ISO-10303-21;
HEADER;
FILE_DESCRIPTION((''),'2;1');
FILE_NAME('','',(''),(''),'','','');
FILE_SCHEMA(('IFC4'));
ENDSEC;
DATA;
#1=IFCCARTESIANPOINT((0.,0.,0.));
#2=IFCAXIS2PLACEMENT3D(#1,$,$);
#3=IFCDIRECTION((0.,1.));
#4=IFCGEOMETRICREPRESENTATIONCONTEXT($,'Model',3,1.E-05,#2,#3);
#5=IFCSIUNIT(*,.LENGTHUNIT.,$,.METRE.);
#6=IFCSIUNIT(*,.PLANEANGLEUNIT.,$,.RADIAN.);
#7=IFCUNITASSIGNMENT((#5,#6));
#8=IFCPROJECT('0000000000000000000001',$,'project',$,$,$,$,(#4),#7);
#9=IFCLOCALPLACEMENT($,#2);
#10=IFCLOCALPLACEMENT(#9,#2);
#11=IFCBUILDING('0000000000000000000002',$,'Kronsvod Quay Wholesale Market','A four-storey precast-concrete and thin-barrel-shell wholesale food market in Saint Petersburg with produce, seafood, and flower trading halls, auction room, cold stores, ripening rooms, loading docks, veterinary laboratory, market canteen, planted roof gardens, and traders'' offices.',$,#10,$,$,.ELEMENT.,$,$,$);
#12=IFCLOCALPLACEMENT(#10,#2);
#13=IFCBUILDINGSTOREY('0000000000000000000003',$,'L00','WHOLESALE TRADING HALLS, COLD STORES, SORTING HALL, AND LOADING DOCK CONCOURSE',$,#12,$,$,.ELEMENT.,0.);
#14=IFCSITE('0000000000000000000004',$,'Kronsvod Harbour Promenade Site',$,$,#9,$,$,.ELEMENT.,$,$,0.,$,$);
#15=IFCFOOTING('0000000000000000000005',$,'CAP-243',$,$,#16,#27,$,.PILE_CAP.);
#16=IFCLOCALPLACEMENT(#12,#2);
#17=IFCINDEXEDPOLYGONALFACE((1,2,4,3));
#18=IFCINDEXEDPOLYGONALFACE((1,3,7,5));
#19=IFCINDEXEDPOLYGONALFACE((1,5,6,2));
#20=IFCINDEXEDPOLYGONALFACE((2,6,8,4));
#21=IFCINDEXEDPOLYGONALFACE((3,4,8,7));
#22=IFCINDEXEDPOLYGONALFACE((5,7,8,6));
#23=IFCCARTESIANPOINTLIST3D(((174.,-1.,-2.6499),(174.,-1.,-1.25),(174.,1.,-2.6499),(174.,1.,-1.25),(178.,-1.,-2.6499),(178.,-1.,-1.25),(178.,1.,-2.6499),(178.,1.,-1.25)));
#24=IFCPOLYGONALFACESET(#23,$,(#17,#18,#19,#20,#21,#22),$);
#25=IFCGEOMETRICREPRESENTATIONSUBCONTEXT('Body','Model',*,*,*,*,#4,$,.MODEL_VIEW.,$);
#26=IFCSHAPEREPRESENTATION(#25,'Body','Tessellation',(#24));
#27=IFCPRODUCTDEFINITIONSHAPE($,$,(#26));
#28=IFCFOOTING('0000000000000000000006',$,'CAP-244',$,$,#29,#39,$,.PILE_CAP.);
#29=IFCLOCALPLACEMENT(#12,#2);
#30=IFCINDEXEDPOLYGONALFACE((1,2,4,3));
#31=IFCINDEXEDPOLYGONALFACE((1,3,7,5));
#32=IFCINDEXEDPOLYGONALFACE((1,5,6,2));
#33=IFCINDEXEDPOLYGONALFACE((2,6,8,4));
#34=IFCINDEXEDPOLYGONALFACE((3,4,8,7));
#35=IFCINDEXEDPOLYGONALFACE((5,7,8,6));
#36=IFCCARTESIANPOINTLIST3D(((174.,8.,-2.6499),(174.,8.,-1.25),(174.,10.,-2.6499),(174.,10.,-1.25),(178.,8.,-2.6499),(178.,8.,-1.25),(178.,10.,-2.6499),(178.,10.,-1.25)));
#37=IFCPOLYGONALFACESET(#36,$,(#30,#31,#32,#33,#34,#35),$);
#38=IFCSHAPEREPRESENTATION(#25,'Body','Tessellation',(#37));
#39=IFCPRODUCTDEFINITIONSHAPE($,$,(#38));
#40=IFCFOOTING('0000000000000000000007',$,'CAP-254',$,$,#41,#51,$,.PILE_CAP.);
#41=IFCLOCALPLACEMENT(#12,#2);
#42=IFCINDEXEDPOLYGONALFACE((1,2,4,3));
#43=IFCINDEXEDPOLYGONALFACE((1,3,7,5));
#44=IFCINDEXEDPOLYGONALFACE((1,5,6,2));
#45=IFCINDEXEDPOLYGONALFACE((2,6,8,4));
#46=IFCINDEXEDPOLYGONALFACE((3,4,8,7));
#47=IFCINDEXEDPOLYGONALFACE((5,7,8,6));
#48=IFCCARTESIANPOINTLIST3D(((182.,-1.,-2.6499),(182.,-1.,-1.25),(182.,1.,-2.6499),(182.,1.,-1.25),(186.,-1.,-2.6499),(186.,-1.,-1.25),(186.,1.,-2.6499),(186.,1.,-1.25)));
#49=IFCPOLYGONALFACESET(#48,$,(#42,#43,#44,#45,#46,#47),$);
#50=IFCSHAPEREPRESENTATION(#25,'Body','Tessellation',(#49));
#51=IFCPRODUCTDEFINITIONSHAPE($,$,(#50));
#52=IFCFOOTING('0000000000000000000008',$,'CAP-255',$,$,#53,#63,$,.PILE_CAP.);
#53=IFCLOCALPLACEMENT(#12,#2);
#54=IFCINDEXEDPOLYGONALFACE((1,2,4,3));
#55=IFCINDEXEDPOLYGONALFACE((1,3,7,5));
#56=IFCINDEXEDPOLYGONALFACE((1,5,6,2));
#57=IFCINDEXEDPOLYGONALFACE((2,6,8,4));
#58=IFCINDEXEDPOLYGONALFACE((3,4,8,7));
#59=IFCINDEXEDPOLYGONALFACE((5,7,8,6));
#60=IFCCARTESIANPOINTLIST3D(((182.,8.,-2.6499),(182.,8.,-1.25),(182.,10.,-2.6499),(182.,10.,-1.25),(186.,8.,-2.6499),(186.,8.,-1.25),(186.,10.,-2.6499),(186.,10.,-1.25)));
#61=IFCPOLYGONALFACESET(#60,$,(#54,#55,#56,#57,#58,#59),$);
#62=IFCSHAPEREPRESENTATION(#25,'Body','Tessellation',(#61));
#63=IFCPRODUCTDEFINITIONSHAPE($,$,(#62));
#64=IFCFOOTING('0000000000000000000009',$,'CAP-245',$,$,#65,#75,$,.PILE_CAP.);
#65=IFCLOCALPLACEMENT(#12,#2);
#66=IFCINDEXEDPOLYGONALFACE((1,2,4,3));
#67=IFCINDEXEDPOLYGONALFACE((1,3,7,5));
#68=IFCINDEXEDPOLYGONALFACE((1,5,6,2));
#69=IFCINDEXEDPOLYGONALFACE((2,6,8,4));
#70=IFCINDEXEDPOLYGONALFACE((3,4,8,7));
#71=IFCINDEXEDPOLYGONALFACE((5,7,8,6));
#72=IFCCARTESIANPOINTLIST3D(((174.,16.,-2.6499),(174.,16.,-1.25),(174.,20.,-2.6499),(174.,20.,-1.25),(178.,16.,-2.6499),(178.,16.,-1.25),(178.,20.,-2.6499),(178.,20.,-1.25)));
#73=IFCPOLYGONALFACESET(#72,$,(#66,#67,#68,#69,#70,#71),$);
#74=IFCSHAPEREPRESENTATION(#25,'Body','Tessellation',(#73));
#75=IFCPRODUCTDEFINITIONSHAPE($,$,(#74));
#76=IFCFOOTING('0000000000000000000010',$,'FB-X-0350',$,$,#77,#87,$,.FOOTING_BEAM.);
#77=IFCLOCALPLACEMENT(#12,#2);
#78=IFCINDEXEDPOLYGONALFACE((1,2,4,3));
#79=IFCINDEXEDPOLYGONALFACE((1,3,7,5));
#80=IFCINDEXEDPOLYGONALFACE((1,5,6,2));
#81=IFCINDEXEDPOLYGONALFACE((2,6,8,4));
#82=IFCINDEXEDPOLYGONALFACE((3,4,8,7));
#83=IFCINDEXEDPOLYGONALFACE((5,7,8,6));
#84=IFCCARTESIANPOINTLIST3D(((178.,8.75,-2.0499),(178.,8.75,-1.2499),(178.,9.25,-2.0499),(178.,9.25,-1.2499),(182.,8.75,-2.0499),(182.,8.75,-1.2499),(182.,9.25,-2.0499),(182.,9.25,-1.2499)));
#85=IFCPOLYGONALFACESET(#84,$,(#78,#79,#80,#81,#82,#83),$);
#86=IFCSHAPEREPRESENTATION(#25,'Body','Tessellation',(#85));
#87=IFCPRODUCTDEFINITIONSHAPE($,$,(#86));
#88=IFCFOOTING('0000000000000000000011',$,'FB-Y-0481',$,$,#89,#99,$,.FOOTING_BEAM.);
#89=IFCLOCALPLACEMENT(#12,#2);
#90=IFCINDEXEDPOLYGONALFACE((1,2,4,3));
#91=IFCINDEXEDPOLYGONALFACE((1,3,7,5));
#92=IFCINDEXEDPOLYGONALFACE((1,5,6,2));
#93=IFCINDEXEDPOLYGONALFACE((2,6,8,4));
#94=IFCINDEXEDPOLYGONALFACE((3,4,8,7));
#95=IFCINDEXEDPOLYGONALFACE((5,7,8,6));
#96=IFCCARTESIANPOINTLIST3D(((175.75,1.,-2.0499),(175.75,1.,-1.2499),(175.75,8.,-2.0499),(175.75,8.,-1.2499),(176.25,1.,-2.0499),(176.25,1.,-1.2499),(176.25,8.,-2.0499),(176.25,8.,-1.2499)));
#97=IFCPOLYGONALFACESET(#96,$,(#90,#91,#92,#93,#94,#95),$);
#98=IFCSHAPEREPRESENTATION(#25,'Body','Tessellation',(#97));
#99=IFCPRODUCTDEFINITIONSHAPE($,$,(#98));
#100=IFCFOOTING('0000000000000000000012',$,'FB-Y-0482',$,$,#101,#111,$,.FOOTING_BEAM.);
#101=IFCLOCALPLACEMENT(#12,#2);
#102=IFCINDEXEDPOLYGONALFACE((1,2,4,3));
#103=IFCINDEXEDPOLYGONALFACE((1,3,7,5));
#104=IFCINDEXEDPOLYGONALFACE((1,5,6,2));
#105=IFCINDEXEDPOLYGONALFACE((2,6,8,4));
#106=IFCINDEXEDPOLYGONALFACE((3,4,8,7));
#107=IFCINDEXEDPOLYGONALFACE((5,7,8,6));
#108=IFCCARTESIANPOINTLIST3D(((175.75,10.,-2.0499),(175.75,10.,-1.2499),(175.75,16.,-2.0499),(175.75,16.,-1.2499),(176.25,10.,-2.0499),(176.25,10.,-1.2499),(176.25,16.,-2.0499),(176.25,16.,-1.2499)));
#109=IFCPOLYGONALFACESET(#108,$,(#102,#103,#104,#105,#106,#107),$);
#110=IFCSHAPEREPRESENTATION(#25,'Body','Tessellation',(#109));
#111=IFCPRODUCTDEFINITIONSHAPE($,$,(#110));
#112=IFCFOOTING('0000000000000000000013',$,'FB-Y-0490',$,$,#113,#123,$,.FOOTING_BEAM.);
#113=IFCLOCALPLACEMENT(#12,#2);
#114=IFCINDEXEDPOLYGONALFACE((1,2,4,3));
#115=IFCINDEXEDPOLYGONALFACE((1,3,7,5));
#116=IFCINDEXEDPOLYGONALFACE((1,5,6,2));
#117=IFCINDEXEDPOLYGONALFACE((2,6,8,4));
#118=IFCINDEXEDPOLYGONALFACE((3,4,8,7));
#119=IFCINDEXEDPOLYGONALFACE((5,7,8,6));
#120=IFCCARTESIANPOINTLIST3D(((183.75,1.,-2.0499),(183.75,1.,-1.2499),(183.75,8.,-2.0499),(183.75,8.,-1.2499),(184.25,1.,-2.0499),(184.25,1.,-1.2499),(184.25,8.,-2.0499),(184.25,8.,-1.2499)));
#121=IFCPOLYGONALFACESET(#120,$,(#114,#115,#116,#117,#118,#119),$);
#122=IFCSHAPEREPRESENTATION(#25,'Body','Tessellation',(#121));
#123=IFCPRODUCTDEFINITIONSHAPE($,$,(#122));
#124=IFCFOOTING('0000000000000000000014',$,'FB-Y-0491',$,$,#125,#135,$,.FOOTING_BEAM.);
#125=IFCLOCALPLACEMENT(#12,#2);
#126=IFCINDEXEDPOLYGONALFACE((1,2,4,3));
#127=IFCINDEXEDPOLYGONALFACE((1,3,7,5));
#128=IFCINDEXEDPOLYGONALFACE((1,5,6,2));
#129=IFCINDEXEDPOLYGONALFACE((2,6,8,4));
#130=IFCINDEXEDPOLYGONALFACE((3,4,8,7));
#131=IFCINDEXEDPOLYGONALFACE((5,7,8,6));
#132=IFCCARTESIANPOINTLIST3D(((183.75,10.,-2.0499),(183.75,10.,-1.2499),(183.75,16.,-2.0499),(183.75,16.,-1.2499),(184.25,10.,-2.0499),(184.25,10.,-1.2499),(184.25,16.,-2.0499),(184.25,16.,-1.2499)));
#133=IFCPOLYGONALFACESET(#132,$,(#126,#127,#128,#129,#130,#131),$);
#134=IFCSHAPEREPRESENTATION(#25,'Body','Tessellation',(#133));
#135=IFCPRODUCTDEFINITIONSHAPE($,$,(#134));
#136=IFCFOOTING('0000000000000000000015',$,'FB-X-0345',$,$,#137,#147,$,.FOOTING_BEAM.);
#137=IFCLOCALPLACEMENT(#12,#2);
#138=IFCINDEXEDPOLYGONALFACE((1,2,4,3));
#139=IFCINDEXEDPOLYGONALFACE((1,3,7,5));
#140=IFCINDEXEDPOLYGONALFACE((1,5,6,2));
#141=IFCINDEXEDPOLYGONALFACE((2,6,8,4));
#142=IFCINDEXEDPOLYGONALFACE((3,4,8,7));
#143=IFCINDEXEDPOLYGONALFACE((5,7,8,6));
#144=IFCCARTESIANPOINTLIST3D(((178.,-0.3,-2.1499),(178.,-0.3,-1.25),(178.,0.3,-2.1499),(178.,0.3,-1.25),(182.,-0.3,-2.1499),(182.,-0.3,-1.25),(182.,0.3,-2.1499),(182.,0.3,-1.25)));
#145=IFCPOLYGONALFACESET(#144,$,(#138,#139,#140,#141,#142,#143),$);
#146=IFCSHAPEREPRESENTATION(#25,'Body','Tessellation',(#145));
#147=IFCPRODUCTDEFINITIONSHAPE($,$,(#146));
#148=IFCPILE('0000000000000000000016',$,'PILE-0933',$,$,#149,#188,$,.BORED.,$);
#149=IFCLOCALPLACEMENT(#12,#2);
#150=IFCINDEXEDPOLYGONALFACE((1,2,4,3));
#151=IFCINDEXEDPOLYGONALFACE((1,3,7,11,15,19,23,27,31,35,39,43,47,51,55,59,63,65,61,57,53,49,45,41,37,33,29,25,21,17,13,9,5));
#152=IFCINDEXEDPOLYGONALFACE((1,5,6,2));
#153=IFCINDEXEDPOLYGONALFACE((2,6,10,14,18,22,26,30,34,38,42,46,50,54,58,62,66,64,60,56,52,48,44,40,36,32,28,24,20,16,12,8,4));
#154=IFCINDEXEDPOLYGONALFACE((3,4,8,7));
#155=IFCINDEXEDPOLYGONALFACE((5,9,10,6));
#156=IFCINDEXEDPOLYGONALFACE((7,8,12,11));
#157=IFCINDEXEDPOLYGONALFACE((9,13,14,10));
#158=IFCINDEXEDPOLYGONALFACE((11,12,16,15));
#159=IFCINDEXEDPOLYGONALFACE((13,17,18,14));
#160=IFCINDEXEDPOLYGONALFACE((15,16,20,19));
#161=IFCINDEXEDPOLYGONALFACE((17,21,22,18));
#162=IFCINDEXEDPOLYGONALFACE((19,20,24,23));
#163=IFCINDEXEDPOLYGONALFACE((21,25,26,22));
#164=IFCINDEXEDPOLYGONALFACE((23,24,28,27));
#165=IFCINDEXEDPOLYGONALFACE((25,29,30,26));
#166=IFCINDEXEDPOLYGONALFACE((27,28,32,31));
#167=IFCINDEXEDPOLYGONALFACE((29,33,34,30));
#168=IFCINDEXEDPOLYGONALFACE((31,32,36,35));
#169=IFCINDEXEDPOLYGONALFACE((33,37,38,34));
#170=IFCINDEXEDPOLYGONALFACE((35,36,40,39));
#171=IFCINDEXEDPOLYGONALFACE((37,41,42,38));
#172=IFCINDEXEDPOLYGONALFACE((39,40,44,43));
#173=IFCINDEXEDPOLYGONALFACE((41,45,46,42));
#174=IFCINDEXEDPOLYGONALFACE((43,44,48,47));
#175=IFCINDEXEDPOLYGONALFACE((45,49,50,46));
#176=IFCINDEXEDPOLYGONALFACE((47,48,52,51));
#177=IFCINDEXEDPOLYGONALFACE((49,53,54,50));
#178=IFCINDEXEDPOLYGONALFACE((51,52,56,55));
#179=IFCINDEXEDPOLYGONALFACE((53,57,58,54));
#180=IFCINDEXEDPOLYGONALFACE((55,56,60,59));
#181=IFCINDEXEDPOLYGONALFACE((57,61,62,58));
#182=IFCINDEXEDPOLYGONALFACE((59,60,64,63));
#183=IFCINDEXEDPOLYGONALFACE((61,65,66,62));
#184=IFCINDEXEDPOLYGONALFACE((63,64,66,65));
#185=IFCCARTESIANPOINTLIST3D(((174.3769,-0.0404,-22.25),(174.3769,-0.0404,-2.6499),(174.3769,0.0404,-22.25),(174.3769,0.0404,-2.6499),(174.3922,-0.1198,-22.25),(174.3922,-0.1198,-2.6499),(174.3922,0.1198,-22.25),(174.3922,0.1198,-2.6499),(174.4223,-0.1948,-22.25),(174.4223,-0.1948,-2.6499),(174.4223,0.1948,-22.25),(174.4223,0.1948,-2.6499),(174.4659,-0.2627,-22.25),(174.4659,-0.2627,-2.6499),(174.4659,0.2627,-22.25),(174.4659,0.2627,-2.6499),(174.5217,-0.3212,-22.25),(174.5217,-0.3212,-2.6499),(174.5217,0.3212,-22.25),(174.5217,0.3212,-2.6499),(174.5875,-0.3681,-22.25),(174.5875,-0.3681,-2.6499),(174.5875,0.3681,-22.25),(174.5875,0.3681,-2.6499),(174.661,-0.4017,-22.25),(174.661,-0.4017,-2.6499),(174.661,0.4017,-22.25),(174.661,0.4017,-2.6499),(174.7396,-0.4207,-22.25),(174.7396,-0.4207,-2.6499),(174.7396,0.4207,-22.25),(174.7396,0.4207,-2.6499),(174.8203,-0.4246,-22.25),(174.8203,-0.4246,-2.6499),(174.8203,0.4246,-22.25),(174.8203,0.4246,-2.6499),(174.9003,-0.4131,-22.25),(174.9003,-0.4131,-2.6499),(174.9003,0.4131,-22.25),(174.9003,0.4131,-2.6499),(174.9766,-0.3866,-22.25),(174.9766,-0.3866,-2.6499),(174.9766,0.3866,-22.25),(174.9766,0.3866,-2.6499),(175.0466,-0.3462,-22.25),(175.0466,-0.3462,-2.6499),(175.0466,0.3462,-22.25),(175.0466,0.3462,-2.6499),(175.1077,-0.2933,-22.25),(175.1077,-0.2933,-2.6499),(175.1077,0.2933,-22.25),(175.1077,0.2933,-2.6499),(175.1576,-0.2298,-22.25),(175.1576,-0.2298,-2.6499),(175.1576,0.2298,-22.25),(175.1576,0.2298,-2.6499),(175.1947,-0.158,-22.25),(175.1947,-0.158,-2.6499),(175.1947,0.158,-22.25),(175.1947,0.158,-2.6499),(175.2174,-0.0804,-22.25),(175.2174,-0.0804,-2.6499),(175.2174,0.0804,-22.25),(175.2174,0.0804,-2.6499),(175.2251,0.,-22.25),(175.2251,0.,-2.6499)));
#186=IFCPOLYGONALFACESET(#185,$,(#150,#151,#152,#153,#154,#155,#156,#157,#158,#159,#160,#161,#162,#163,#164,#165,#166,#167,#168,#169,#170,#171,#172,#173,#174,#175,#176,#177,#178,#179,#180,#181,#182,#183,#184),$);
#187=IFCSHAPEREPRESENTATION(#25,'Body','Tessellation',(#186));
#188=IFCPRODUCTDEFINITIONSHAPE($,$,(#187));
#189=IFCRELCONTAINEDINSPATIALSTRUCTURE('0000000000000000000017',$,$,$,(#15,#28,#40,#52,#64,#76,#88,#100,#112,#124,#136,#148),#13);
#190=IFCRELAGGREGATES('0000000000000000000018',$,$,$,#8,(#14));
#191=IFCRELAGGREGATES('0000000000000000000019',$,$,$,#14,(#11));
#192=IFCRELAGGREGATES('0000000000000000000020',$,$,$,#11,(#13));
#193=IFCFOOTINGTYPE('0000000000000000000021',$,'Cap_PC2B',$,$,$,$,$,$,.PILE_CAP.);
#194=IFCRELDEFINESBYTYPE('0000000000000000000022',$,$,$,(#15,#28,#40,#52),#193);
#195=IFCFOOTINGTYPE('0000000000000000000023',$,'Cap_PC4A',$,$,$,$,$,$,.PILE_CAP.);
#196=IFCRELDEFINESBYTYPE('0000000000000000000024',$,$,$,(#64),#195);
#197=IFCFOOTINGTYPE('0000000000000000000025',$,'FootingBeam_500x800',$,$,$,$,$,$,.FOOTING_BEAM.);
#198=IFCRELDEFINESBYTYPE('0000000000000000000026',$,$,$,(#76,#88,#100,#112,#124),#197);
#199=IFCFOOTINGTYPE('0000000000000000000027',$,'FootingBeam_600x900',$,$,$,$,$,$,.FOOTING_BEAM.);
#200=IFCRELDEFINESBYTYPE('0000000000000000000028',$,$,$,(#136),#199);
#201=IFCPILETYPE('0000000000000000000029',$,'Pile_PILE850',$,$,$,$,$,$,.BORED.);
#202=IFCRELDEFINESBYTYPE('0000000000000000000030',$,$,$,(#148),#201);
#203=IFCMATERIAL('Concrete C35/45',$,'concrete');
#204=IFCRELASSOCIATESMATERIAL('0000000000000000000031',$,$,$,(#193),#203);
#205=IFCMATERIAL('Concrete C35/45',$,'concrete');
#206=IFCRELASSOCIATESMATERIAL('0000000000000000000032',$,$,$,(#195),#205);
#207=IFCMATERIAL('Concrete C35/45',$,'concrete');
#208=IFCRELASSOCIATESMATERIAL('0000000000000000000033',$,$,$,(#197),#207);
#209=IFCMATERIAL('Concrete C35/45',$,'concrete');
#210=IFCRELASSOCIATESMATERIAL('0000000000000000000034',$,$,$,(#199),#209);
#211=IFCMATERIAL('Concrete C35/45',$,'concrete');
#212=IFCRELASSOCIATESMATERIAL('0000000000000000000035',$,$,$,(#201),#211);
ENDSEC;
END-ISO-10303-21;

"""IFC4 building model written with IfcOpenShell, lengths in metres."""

from ifc_helpers import new_model, si_unit, direction, frame, origin, origin_2d, place, context, subcontext, project, spatial, rectangle, circle, extrude, material, material_profile, profile_set, type_object, element, save


model = new_model("IFC4")

# Units and contexts
model_context = context("Model", 3, precision=1e-05, world=origin(), true_north=direction((0.0, 1.0)))
body_context = subcontext(model_context, "Body", "Model", "MODEL_VIEW")
ifc_project = project(units=[si_unit("LENGTHUNIT", "METRE"), si_unit("PLANEANGLEUNIT", "RADIAN")], contexts=[model_context])

# Site, building, storey
site_placement = place(None, origin())
site = spatial("IfcSite", under=ifc_project, at=site_placement, Name="Kronsvod Harbour Promenade Site", CompositionType="ELEMENT", RefElevation=0.0)
building_placement = place(site_placement, origin())
building = spatial("IfcBuilding", under=site, at=building_placement, Name="Kronsvod Quay Wholesale Market", Description="A four-storey precast-concrete and thin-barrel-shell wholesale food market in Saint Petersburg with produce, seafood, and flower trading halls, auction room, cold stores, ripening rooms, loading docks, veterinary laboratory, market canteen, planted roof gardens, and traders' offices.", CompositionType="ELEMENT")
storey_placement = place(building_placement, origin())
storey = spatial("IfcBuildingStorey", under=building, at=storey_placement, Name="L00", Description="WHOLESALE TRADING HALLS, COLD STORES, SORTING HALL, AND LOADING DOCK CONCOURSE", CompositionType="ELEMENT", Elevation=0.0)

# Footings
ifc_material_1 = material(Name="Concrete C35/45", Category="concrete")
footing_type_1 = type_object("IfcFootingType", Name="Cap_PC2B", PredefinedType="PILE_CAP", material=ifc_material_1)
for number, where, z_axis, x_axis, name in (
    (1, (176.0, 0.0, -2.6499), (0.0, 0.0, 1.0), (1.0, 0.0, 0.0), "CAP-243"),
    (2, (176.0, 9.0, -2.6499), (0.0, 0.0, 1.0), (1.0, 0.0, 0.0), "CAP-244"),
    (3, (184.0, 0.0, -2.6499), (0.0, 0.0, 1.0), (1.0, 0.0, 0.0), "CAP-254"),
    (4, (184.0, 9.0, -2.6499), (0.0, 0.0, 1.0), (1.0, 0.0, 0.0), "CAP-255"),
):
    element("IfcFooting", number, at=place(storey_placement, frame(where, z_axis=z_axis, x_axis=x_axis)), inside=storey, type_object=footing_type_1, Name=name, PredefinedType="PILE_CAP", context=body_context, shape_type="SweptSolid", body=[
        extrude(rectangle(XDim=4.0, YDim=2.0, at=origin_2d()), origin(), (0.0, 0.0, 1.0), 1.3999),
    ])
ifc_material_2 = material(Name="Concrete C35/45", Category="concrete")
footing_type_2 = type_object("IfcFootingType", Name="Cap_PC4A", PredefinedType="PILE_CAP", material=ifc_material_2)
footing_1_placement = place(storey_placement, frame((176.0, 18.0, -2.6499), z_axis=(0.0, 0.0, 1.0), x_axis=(1.0, 0.0, 0.0)))
element("IfcFooting", 5, at=footing_1_placement, inside=storey, type_object=footing_type_2, Name="CAP-245", PredefinedType="PILE_CAP", context=body_context, shape_type="SweptSolid", body=[
    extrude(rectangle(XDim=4.0, YDim=4.0, at=origin_2d()), origin(), (0.0, 0.0, 1.0), 1.3999),
])
ifc_material_3 = material(Name="Concrete C35/45", Category="concrete")
ifc_material_profile_1 = material_profile(ifc_material_3, rectangle(XDim=0.5, YDim=0.8, at=origin_2d()), Name="FB-01")
ifc_profile_set_1 = profile_set([ifc_material_profile_1], Name="Concrete C35/45")
footing_type_3 = type_object("IfcFootingType", Name="FootingBeam_500x800", PredefinedType="FOOTING_BEAM", material=ifc_profile_set_1)
footing_2_placement = place(storey_placement, frame((178.0, 9.0, -1.6499), z_axis=(1.0, 0.0, 0.0), x_axis=(0.0, 1.0, 0.0)))
element("IfcFooting", 6, at=footing_2_placement, inside=storey, type_object=footing_type_3, Name="FB-X-0350", PredefinedType="FOOTING_BEAM", context=body_context, shape_type="SweptSolid", body=[
    extrude(rectangle(XDim=0.5, YDim=0.8, at=origin_2d()), origin(), (0.0, 0.0, 1.0), 4.0),
])
footing_3_placement = place(storey_placement, frame((176.0, 1.0, -1.6499), z_axis=(0.0, 1.0, 0.0), x_axis=(-1.0, 0.0, 0.0)))
element("IfcFooting", 7, at=footing_3_placement, inside=storey, type_object=footing_type_3, Name="FB-Y-0481", PredefinedType="FOOTING_BEAM", context=body_context, shape_type="SweptSolid", body=[
    extrude(rectangle(XDim=0.5, YDim=0.8, at=origin_2d()), origin(), (0.0, 0.0, 1.0), 7.0),
])
footing_4_placement = place(storey_placement, frame((176.0, 10.0, -1.6499), z_axis=(0.0, 1.0, 0.0), x_axis=(-1.0, 0.0, 0.0)))
element("IfcFooting", 8, at=footing_4_placement, inside=storey, type_object=footing_type_3, Name="FB-Y-0482", PredefinedType="FOOTING_BEAM", context=body_context, shape_type="SweptSolid", body=[
    extrude(rectangle(XDim=0.5, YDim=0.8, at=origin_2d()), origin(), (0.0, 0.0, 1.0), 6.0),
])
footing_5_placement = place(storey_placement, frame((184.0, 1.0, -1.6499), z_axis=(0.0, 1.0, 0.0), x_axis=(-1.0, 0.0, 0.0)))
element("IfcFooting", 9, at=footing_5_placement, inside=storey, type_object=footing_type_3, Name="FB-Y-0490", PredefinedType="FOOTING_BEAM", context=body_context, shape_type="SweptSolid", body=[
    extrude(rectangle(XDim=0.5, YDim=0.8, at=origin_2d()), origin(), (0.0, 0.0, 1.0), 7.0),
])
footing_6_placement = place(storey_placement, frame((184.0, 10.0, -1.6499), z_axis=(0.0, 1.0, 0.0), x_axis=(-1.0, 0.0, 0.0)))
element("IfcFooting", 10, at=footing_6_placement, inside=storey, type_object=footing_type_3, Name="FB-Y-0491", PredefinedType="FOOTING_BEAM", context=body_context, shape_type="SweptSolid", body=[
    extrude(rectangle(XDim=0.5, YDim=0.8, at=origin_2d()), origin(), (0.0, 0.0, 1.0), 6.0),
])
ifc_material_4 = material(Name="Concrete C35/45", Category="concrete")
ifc_material_profile_2 = material_profile(ifc_material_4, rectangle(XDim=0.6001, YDim=0.8999, at=origin_2d()), Name="FB-02")
ifc_profile_set_2 = profile_set([ifc_material_profile_2], Name="Concrete C35/45")
footing_type_4 = type_object("IfcFootingType", Name="FootingBeam_600x900", PredefinedType="FOOTING_BEAM", material=ifc_profile_set_2)
footing_7_placement = place(storey_placement, frame((178.0, 0.0, -1.7), z_axis=(1.0, 0.0, 0.0), x_axis=(0.0, 1.0, 0.0)))
element("IfcFooting", 11, at=footing_7_placement, inside=storey, type_object=footing_type_4, Name="FB-X-0345", PredefinedType="FOOTING_BEAM", context=body_context, shape_type="SweptSolid", body=[
    extrude(rectangle(XDim=0.6001, YDim=0.8999, at=origin_2d()), origin(), (0.0, 0.0, 1.0), 4.0),
])

# Pile
ifc_material_5 = material(Name="Concrete C35/45", Category="concrete")
ifc_material_profile_3 = material_profile(ifc_material_5, circle(Radius=0.425, at=origin_2d()), Name="PILE850")
ifc_profile_set_3 = profile_set([ifc_material_profile_3], Name="Concrete C35/45")
pile_type_1 = type_object("IfcPileType", Name="Pile_PILE850", PredefinedType="BORED", material=ifc_profile_set_3)
for number, where, z_axis, x_axis, name in (
    (12, (174.8, 0.0, -2.6499), (0.0, 0.0, -1.0), (1.0, 0.0, 0.0), "PILE-0933"),
):
    element("IfcPile", number, at=place(storey_placement, frame(where, z_axis=z_axis, x_axis=x_axis)), inside=storey, type_object=pile_type_1, Name=name, PredefinedType="BORED", context=body_context, shape_type="SweptSolid", body=[
        extrude(circle(Radius=0.425, at=origin_2d()), origin(), (0.0, 0.0, 1.0), 19.6001),
    ])

save(model, "model.ifc")
